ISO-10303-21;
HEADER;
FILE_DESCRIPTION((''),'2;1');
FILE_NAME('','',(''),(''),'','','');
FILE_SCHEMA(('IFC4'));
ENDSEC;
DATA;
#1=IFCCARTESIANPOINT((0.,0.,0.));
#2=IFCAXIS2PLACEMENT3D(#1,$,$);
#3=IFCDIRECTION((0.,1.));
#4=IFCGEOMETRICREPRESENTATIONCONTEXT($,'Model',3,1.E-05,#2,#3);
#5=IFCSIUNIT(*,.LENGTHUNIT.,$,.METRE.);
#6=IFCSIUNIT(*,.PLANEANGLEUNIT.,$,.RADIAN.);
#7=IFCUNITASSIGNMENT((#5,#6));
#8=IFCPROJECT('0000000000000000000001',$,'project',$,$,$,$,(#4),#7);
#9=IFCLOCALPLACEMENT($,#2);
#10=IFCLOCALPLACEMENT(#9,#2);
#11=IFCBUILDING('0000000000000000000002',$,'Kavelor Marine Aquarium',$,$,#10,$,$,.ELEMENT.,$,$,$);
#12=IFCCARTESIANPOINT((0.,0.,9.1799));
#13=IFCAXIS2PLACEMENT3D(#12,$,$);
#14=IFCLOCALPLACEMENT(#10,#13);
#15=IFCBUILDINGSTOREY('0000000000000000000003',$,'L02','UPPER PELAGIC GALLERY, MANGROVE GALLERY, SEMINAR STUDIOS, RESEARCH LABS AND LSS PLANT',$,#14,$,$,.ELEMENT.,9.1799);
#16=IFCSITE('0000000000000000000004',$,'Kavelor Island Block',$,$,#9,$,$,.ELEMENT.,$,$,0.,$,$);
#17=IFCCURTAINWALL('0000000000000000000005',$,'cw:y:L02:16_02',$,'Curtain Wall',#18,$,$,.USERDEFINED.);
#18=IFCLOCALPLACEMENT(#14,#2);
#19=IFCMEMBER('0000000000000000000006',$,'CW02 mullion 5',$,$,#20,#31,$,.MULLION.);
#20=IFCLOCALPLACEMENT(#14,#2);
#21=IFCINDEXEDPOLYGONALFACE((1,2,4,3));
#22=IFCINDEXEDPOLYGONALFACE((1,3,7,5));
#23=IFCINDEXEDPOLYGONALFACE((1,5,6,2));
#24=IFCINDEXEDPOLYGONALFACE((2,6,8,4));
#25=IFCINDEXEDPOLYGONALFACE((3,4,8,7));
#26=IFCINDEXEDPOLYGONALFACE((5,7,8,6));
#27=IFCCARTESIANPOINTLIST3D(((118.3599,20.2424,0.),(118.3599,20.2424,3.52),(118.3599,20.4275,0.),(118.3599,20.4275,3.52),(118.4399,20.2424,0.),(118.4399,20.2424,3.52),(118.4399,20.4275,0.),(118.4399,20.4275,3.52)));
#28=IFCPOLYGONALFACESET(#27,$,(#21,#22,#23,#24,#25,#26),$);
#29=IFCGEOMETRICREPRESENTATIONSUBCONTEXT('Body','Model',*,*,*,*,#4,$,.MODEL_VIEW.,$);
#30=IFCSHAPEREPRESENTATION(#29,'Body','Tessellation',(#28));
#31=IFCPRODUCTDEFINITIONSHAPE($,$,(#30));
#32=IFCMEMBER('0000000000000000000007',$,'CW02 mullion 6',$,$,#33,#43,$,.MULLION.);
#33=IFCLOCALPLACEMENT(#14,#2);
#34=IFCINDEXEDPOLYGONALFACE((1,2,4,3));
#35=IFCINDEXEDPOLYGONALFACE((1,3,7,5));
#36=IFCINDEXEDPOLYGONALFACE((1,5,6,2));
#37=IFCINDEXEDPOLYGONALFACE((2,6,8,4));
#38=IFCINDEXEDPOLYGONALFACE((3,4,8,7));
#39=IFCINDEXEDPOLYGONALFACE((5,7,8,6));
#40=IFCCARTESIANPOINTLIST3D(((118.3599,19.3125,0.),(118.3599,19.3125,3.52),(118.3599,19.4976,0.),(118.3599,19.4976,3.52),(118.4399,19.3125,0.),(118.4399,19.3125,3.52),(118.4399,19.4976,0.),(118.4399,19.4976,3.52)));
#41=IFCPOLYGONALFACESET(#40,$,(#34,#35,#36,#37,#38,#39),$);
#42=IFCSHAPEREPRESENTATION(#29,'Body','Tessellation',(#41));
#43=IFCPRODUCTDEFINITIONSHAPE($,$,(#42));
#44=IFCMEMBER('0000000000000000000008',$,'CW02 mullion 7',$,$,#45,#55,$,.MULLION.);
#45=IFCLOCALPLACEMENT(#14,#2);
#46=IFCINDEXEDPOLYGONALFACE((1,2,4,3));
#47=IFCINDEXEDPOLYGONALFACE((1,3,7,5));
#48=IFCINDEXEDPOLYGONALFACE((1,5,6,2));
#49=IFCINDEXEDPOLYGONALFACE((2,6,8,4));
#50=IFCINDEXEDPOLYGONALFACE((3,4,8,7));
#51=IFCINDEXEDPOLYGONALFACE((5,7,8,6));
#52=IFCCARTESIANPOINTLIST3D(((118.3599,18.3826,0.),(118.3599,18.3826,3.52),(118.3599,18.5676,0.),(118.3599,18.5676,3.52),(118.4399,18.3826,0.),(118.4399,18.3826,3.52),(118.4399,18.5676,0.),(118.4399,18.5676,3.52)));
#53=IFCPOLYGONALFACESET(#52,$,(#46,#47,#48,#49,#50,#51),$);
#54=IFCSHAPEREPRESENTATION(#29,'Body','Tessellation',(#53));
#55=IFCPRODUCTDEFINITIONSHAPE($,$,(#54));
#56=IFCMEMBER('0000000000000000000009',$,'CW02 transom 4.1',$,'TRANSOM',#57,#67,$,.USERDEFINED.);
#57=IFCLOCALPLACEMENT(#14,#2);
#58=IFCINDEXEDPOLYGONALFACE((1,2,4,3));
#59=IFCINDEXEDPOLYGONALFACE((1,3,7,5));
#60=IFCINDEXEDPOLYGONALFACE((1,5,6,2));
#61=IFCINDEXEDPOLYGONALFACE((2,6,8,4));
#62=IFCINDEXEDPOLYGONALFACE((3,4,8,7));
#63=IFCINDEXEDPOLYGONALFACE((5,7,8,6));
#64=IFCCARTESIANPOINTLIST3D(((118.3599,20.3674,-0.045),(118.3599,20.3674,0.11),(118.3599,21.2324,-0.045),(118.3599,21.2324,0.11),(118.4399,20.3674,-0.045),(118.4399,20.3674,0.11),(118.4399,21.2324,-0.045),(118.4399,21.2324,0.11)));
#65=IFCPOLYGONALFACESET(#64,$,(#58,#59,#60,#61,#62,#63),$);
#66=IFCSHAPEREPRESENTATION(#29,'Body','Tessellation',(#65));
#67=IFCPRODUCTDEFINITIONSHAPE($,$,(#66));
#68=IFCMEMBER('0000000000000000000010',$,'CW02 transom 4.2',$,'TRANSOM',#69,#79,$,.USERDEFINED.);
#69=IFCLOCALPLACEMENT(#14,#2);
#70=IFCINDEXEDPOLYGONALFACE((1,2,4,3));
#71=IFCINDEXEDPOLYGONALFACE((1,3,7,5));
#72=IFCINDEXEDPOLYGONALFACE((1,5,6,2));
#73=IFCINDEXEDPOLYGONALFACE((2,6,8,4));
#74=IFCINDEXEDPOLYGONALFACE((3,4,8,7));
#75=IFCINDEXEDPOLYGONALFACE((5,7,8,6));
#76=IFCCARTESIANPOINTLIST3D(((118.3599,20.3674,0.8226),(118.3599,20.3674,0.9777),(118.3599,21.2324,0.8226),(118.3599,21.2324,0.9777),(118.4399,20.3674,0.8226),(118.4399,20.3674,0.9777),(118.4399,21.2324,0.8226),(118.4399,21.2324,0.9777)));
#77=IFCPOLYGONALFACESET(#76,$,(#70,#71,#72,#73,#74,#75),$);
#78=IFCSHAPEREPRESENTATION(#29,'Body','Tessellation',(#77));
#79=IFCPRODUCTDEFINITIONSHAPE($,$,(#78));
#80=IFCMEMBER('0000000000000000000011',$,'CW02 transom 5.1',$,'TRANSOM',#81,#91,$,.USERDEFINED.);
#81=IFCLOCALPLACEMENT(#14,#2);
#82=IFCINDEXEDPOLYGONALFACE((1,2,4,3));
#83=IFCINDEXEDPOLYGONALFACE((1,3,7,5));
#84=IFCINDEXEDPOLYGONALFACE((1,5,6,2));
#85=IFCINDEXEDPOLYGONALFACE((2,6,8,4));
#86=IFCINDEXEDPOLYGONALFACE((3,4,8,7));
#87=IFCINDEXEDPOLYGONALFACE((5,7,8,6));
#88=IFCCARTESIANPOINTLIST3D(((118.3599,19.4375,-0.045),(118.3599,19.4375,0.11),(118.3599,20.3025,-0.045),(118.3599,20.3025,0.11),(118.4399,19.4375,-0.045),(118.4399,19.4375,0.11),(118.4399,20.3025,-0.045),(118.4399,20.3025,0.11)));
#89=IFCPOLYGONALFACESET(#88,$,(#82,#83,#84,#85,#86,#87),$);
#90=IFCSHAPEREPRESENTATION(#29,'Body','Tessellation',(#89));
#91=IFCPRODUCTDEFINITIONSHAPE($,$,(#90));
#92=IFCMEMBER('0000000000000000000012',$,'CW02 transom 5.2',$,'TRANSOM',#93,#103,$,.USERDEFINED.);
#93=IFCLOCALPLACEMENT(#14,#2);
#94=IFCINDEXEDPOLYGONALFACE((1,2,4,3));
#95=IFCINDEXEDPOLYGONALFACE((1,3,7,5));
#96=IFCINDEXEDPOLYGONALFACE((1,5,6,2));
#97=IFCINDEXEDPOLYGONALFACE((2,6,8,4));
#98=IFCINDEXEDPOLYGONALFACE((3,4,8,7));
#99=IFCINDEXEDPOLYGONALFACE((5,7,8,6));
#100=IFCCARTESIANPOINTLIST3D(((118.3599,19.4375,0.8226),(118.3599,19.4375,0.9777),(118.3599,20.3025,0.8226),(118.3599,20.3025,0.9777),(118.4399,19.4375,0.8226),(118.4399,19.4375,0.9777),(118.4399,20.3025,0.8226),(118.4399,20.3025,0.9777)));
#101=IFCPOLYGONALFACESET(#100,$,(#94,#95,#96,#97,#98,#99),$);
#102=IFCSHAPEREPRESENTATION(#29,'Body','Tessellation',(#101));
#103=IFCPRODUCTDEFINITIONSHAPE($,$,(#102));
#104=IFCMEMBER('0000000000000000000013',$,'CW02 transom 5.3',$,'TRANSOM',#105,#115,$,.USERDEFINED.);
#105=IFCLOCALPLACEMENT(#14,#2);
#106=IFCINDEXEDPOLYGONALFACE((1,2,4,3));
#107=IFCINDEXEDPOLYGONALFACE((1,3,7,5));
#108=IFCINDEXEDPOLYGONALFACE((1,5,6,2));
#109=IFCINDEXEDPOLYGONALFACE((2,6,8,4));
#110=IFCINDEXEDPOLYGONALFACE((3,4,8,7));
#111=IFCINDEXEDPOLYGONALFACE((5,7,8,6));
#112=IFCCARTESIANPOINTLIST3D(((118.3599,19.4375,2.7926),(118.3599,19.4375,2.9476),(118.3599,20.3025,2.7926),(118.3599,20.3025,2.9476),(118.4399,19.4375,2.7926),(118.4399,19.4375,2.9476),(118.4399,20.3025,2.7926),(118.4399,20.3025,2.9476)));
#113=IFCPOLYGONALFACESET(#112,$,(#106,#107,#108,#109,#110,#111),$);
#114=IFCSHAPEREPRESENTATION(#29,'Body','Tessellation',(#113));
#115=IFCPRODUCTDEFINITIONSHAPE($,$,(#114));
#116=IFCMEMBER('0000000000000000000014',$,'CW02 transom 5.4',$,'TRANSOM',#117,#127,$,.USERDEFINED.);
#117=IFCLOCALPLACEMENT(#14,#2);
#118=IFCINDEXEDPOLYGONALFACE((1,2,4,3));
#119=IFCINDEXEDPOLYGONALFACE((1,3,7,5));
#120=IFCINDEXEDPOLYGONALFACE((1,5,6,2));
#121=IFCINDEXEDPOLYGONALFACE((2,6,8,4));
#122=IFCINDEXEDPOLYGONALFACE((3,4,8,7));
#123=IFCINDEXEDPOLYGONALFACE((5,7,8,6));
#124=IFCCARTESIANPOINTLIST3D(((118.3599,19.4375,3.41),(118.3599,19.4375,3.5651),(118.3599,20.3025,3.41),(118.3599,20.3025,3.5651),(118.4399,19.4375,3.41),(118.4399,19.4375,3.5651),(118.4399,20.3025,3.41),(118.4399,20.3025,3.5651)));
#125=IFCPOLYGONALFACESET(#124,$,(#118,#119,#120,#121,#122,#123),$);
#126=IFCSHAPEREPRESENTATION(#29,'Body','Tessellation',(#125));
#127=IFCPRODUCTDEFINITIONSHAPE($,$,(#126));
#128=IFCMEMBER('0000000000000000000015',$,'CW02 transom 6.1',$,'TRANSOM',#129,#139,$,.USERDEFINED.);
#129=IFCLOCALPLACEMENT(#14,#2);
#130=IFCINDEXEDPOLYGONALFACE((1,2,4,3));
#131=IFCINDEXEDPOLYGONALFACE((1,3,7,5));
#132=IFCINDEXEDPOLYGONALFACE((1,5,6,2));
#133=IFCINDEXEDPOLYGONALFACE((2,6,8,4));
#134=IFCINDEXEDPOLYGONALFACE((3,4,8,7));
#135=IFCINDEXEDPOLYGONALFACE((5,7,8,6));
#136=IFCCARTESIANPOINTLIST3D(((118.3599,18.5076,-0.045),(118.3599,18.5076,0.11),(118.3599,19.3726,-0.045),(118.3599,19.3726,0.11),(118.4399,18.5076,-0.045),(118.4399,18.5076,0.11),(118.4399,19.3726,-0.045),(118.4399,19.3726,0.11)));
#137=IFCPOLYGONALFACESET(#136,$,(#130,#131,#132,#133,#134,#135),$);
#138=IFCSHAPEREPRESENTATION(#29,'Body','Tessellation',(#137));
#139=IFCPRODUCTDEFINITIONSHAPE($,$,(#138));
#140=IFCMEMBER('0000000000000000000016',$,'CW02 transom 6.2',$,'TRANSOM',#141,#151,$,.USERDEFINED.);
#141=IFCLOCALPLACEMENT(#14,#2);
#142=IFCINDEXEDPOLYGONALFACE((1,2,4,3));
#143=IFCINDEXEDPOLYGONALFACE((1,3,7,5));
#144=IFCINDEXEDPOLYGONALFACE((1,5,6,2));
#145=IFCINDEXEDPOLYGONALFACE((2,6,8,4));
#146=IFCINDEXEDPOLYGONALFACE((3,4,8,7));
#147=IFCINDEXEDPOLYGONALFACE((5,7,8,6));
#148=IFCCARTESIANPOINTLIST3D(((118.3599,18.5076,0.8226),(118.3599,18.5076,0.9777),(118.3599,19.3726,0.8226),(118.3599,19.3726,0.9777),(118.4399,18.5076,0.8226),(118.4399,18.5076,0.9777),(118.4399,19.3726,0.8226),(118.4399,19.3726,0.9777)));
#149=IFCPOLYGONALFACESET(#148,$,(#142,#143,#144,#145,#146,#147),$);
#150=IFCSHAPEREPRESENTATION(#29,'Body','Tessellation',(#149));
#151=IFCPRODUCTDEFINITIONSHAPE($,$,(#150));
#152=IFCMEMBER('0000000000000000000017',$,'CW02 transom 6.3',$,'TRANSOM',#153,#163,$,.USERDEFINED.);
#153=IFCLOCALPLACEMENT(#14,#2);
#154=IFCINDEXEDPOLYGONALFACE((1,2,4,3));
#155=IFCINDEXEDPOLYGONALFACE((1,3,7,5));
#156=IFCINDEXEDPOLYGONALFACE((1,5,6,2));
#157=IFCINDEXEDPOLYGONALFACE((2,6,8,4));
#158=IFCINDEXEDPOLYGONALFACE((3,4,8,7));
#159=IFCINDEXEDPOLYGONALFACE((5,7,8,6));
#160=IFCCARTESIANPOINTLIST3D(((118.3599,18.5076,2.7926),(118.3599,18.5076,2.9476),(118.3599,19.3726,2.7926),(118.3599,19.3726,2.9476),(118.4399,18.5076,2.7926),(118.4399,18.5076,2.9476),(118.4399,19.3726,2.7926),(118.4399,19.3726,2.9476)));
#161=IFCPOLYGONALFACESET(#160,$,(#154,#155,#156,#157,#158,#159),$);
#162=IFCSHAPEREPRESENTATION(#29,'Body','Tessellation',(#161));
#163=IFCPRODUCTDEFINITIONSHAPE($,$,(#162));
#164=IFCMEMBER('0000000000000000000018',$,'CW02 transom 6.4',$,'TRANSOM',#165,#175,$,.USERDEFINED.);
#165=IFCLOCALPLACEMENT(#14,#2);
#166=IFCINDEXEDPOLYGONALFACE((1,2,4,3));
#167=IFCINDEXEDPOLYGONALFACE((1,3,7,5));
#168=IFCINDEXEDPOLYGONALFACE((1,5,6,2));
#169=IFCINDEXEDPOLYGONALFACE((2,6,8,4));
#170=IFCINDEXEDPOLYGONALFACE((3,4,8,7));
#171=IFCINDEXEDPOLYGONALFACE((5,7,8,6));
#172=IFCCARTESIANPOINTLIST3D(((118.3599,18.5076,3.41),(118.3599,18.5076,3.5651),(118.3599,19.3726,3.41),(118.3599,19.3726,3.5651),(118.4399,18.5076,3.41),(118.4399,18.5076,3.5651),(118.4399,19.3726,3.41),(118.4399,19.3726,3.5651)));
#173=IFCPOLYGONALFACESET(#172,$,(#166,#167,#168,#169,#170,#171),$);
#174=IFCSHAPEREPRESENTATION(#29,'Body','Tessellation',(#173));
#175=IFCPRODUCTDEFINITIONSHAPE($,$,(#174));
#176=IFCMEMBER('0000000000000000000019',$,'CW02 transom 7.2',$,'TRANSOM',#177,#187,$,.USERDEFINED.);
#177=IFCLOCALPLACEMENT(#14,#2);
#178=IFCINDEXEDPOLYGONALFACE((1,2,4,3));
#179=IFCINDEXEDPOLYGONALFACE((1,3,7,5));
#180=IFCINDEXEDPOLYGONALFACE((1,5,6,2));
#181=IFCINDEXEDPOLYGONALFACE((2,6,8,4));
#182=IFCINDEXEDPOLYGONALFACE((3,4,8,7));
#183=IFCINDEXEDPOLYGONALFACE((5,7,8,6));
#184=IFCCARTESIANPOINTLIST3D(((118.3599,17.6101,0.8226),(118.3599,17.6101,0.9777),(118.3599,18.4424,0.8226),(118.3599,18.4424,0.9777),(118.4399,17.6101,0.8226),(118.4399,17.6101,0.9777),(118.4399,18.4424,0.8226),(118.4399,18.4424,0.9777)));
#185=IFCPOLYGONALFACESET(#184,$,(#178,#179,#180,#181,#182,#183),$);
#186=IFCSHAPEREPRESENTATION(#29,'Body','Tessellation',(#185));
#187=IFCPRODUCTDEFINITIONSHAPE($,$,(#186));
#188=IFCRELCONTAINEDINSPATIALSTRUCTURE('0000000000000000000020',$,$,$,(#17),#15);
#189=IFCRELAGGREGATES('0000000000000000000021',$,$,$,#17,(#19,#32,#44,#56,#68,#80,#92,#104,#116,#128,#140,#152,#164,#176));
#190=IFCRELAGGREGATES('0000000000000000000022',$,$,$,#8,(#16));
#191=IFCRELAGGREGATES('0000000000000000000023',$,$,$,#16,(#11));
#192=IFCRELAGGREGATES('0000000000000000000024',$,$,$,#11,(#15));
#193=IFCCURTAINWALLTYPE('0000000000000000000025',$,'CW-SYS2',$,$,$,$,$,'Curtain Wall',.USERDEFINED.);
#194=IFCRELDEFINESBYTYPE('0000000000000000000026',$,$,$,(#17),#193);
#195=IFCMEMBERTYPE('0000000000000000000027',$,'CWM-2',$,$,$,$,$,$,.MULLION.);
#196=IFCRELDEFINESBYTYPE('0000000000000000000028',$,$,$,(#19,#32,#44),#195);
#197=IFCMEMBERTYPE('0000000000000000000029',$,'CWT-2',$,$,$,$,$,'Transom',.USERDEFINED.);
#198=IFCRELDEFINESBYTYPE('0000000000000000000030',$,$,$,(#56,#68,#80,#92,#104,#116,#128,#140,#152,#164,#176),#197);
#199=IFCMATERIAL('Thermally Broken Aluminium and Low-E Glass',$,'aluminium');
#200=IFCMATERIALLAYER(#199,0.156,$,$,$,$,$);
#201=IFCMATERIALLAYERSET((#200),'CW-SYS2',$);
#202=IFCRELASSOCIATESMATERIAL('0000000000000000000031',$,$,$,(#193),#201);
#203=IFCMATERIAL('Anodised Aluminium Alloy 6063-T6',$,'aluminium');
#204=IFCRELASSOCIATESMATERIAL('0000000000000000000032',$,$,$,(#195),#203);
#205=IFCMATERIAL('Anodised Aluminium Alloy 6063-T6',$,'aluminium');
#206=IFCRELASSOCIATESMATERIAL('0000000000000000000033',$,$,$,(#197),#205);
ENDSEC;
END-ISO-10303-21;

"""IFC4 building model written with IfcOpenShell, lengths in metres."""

from ifc_helpers import new_model, si_unit, direction, frame, origin, origin_2d, place, context, subcontext, project, spatial, rectangle, extrude, material, layer, layer_set, material_profile, profile_set, type_object, element, aggregate, save


model = new_model("IFC4")

# Units and contexts
model_context = context("Model", 3, precision=1e-05, world=origin(), true_north=direction((0.0, 1.0)))
body_context = subcontext(model_context, "Body", "Model", "MODEL_VIEW")
ifc_project = project(units=[si_unit("LENGTHUNIT", "METRE"), si_unit("PLANEANGLEUNIT", "RADIAN")], contexts=[model_context])

# Site, building, storey
site_placement = place(None, origin())
site = spatial("IfcSite", under=ifc_project, at=site_placement, Name="Kavelor Island Block", CompositionType="ELEMENT", RefElevation=0.0)
building_placement = place(site_placement, origin())
building = spatial("IfcBuilding", under=site, at=building_placement, Name="Kavelor Marine Aquarium", CompositionType="ELEMENT")
storey_placement = place(building_placement, frame((0.0, 0.0, 9.1799)))
storey = spatial("IfcBuildingStorey", under=building, at=storey_placement, Name="L02", Description="UPPER PELAGIC GALLERY, MANGROVE GALLERY, SEMINAR STUDIOS, RESEARCH LABS AND LSS PLANT", CompositionType="ELEMENT", Elevation=9.1799)

# Curtain wall, members
ifc_material_1 = material(Name="Thermally Broken Aluminium and Low-E Glass", Category="aluminium")
ifc_layer_1 = layer(ifc_material_1, 0.156)
ifc_layer_set_1 = layer_set([ifc_layer_1], Name="CW-SYS2")
curtain_wall_type = type_object("IfcCurtainWallType", Name="CW-SYS2", ElementType="Curtain Wall", PredefinedType="USERDEFINED", material=ifc_layer_set_1)
curtain_wall_placement = place(storey_placement, origin())
curtain_wall = element("IfcCurtainWall", 1, at=curtain_wall_placement, inside=storey, type_object=curtain_wall_type, Name="cw:y:L02:16_02", ObjectType="Curtain Wall", PredefinedType="USERDEFINED")
ifc_material_2 = material(Name="Anodised Aluminium Alloy 6063-T6", Category="aluminium")
ifc_material_profile_1 = material_profile(ifc_material_2, rectangle(XDim=0.0801, YDim=0.1851, at=origin_2d()), Name="CW-MUL 80x185")
ifc_profile_set_1 = profile_set([ifc_material_profile_1], Name="Anodised Aluminium Alloy 6063-T6")
member_type_1 = type_object("IfcMemberType", Name="CWM-2", PredefinedType="MULLION", material=ifc_profile_set_1)
member_1_placement = place(storey_placement, frame((118.3999, 20.335, 0.0), z_axis=(0.0, 0.0, 1.0), x_axis=(1.0, 0.0, 0.0)))
member_1 = element("IfcMember", 2, at=member_1_placement, type_object=member_type_1, Name="CW02 mullion 5", PredefinedType="MULLION", context=body_context, shape_type="SweptSolid", body=[
    extrude(rectangle(XDim=0.0801, YDim=0.1851, at=origin_2d()), origin(), (0.0, 0.0, 1.0), 3.52),
])
member_2_placement = place(storey_placement, frame((118.3999, 19.405, 0.0), z_axis=(0.0, 0.0, 1.0), x_axis=(1.0, 0.0, 0.0)))
member_2 = element("IfcMember", 3, at=member_2_placement, type_object=member_type_1, Name="CW02 mullion 6", PredefinedType="MULLION", context=body_context, shape_type="SweptSolid", body=[
    extrude(rectangle(XDim=0.0801, YDim=0.1851, at=origin_2d()), origin(), (0.0, 0.0, 1.0), 3.52),
])
member_3_placement = place(storey_placement, frame((118.3999, 18.4751, 0.0), z_axis=(0.0, 0.0, 1.0), x_axis=(1.0, 0.0, 0.0)))
member_3 = element("IfcMember", 4, at=member_3_placement, type_object=member_type_1, Name="CW02 mullion 7", PredefinedType="MULLION", context=body_context, shape_type="SweptSolid", body=[
    extrude(rectangle(XDim=0.0801, YDim=0.1851, at=origin_2d()), origin(), (0.0, 0.0, 1.0), 3.52),
])
ifc_material_3 = material(Name="Anodised Aluminium Alloy 6063-T6", Category="aluminium")
ifc_material_profile_2 = material_profile(ifc_material_3, rectangle(XDim=0.0801, YDim=0.155, at=origin_2d()), Name="CW-TRN 80x155")
ifc_profile_set_2 = profile_set([ifc_material_profile_2], Name="Anodised Aluminium Alloy 6063-T6")
member_type_2 = type_object("IfcMemberType", Name="CWT-2", ElementType="Transom", PredefinedType="USERDEFINED", material=ifc_profile_set_2)
member_4_placement = place(storey_placement, frame((118.3999, 21.2324, 0.0325), z_axis=(0.0, -1.0, 0.0), x_axis=(1.0, 0.0, 0.0)))
member_4 = element("IfcMember", 5, at=member_4_placement, type_object=member_type_2, Name="CW02 transom 4.1", ObjectType="TRANSOM", PredefinedType="USERDEFINED", context=body_context, shape_type="SweptSolid", body=[
    extrude(rectangle(XDim=0.0801, YDim=0.155, at=origin_2d()), origin(), (0.0, 0.0, 1.0), 0.865),
])
member_5_placement = place(storey_placement, frame((118.3999, 21.2324, 0.9001), z_axis=(0.0, -1.0, 0.0), x_axis=(1.0, 0.0, 0.0)))
member_5 = element("IfcMember", 6, at=member_5_placement, type_object=member_type_2, Name="CW02 transom 4.2", ObjectType="TRANSOM", PredefinedType="USERDEFINED", context=body_context, shape_type="SweptSolid", body=[
    extrude(rectangle(XDim=0.0801, YDim=0.155, at=origin_2d()), origin(), (0.0, 0.0, 1.0), 0.865),
])
member_6_placement = place(storey_placement, frame((118.3999, 20.3025, 0.0325), z_axis=(0.0, -1.0, 0.0), x_axis=(1.0, 0.0, 0.0)))
member_6 = element("IfcMember", 7, at=member_6_placement, type_object=member_type_2, Name="CW02 transom 5.1", ObjectType="TRANSOM", PredefinedType="USERDEFINED", context=body_context, shape_type="SweptSolid", body=[
    extrude(rectangle(XDim=0.0801, YDim=0.155, at=origin_2d()), origin(), (0.0, 0.0, 1.0), 0.865),
])
member_7_placement = place(storey_placement, frame((118.3999, 20.3025, 0.9001), z_axis=(0.0, -1.0, 0.0), x_axis=(1.0, 0.0, 0.0)))
member_7 = element("IfcMember", 8, at=member_7_placement, type_object=member_type_2, Name="CW02 transom 5.2", ObjectType="TRANSOM", PredefinedType="USERDEFINED", context=body_context, shape_type="SweptSolid", body=[
    extrude(rectangle(XDim=0.0801, YDim=0.155, at=origin_2d()), origin(), (0.0, 0.0, 1.0), 0.865),
])
member_8_placement = place(storey_placement, frame((118.3999, 20.3025, 2.8701), z_axis=(0.0, -1.0, 0.0), x_axis=(1.0, 0.0, 0.0)))
member_8 = element("IfcMember", 9, at=member_8_placement, type_object=member_type_2, Name="CW02 transom 5.3", ObjectType="TRANSOM", PredefinedType="USERDEFINED", context=body_context, shape_type="SweptSolid", body=[
    extrude(rectangle(XDim=0.0801, YDim=0.155, at=origin_2d()), origin(), (0.0, 0.0, 1.0), 0.865),
])
member_9_placement = place(storey_placement, frame((118.3999, 20.3025, 3.4875), z_axis=(0.0, -1.0, 0.0), x_axis=(1.0, 0.0, 0.0)))
member_9 = element("IfcMember", 10, at=member_9_placement, type_object=member_type_2, Name="CW02 transom 5.4", ObjectType="TRANSOM", PredefinedType="USERDEFINED", context=body_context, shape_type="SweptSolid", body=[
    extrude(rectangle(XDim=0.0801, YDim=0.155, at=origin_2d()), origin(), (0.0, 0.0, 1.0), 0.865),
])
member_10_placement = place(storey_placement, frame((118.3999, 19.3726, 0.0325), z_axis=(0.0, -1.0, 0.0), x_axis=(1.0, 0.0, 0.0)))
member_10 = element("IfcMember", 11, at=member_10_placement, type_object=member_type_2, Name="CW02 transom 6.1", ObjectType="TRANSOM", PredefinedType="USERDEFINED", context=body_context, shape_type="SweptSolid", body=[
    extrude(rectangle(XDim=0.0801, YDim=0.155, at=origin_2d()), origin(), (0.0, 0.0, 1.0), 0.865),
])
member_11_placement = place(storey_placement, frame((118.3999, 19.3726, 0.9001), z_axis=(0.0, -1.0, 0.0), x_axis=(1.0, 0.0, 0.0)))
member_11 = element("IfcMember", 12, at=member_11_placement, type_object=member_type_2, Name="CW02 transom 6.2", ObjectType="TRANSOM", PredefinedType="USERDEFINED", context=body_context, shape_type="SweptSolid", body=[
    extrude(rectangle(XDim=0.0801, YDim=0.155, at=origin_2d()), origin(), (0.0, 0.0, 1.0), 0.865),
])
member_12_placement = place(storey_placement, frame((118.3999, 19.3726, 2.8701), z_axis=(0.0, -1.0, 0.0), x_axis=(1.0, 0.0, 0.0)))
member_12 = element("IfcMember", 13, at=member_12_placement, type_object=member_type_2, Name="CW02 transom 6.3", ObjectType="TRANSOM", PredefinedType="USERDEFINED", context=body_context, shape_type="SweptSolid", body=[
    extrude(rectangle(XDim=0.0801, YDim=0.155, at=origin_2d()), origin(), (0.0, 0.0, 1.0), 0.865),
])
member_13_placement = place(storey_placement, frame((118.3999, 19.3726, 3.4875), z_axis=(0.0, -1.0, 0.0), x_axis=(1.0, 0.0, 0.0)))
member_13 = element("IfcMember", 14, at=member_13_placement, type_object=member_type_2, Name="CW02 transom 6.4", ObjectType="TRANSOM", PredefinedType="USERDEFINED", context=body_context, shape_type="SweptSolid", body=[
    extrude(rectangle(XDim=0.0801, YDim=0.155, at=origin_2d()), origin(), (0.0, 0.0, 1.0), 0.865),
])
member_14_placement = place(storey_placement, frame((118.3999, 18.4424, 0.9001), z_axis=(0.0, -1.0, 0.0), x_axis=(1.0, 0.0, 0.0)))
member_14 = element("IfcMember", 15, at=member_14_placement, type_object=member_type_2, Name="CW02 transom 7.2", ObjectType="TRANSOM", PredefinedType="USERDEFINED", context=body_context, shape_type="SweptSolid", body=[
    extrude(rectangle(XDim=0.0801, YDim=0.155, at=origin_2d()), origin(), (0.0, 0.0, 1.0), 0.8323),
])
aggregate(curtain_wall, [member_1, member_2, member_3, member_4, member_5, member_6, member_7, member_8, member_9, member_10, member_11, member_12, member_13, member_14])

save(model, "model.ifc")
